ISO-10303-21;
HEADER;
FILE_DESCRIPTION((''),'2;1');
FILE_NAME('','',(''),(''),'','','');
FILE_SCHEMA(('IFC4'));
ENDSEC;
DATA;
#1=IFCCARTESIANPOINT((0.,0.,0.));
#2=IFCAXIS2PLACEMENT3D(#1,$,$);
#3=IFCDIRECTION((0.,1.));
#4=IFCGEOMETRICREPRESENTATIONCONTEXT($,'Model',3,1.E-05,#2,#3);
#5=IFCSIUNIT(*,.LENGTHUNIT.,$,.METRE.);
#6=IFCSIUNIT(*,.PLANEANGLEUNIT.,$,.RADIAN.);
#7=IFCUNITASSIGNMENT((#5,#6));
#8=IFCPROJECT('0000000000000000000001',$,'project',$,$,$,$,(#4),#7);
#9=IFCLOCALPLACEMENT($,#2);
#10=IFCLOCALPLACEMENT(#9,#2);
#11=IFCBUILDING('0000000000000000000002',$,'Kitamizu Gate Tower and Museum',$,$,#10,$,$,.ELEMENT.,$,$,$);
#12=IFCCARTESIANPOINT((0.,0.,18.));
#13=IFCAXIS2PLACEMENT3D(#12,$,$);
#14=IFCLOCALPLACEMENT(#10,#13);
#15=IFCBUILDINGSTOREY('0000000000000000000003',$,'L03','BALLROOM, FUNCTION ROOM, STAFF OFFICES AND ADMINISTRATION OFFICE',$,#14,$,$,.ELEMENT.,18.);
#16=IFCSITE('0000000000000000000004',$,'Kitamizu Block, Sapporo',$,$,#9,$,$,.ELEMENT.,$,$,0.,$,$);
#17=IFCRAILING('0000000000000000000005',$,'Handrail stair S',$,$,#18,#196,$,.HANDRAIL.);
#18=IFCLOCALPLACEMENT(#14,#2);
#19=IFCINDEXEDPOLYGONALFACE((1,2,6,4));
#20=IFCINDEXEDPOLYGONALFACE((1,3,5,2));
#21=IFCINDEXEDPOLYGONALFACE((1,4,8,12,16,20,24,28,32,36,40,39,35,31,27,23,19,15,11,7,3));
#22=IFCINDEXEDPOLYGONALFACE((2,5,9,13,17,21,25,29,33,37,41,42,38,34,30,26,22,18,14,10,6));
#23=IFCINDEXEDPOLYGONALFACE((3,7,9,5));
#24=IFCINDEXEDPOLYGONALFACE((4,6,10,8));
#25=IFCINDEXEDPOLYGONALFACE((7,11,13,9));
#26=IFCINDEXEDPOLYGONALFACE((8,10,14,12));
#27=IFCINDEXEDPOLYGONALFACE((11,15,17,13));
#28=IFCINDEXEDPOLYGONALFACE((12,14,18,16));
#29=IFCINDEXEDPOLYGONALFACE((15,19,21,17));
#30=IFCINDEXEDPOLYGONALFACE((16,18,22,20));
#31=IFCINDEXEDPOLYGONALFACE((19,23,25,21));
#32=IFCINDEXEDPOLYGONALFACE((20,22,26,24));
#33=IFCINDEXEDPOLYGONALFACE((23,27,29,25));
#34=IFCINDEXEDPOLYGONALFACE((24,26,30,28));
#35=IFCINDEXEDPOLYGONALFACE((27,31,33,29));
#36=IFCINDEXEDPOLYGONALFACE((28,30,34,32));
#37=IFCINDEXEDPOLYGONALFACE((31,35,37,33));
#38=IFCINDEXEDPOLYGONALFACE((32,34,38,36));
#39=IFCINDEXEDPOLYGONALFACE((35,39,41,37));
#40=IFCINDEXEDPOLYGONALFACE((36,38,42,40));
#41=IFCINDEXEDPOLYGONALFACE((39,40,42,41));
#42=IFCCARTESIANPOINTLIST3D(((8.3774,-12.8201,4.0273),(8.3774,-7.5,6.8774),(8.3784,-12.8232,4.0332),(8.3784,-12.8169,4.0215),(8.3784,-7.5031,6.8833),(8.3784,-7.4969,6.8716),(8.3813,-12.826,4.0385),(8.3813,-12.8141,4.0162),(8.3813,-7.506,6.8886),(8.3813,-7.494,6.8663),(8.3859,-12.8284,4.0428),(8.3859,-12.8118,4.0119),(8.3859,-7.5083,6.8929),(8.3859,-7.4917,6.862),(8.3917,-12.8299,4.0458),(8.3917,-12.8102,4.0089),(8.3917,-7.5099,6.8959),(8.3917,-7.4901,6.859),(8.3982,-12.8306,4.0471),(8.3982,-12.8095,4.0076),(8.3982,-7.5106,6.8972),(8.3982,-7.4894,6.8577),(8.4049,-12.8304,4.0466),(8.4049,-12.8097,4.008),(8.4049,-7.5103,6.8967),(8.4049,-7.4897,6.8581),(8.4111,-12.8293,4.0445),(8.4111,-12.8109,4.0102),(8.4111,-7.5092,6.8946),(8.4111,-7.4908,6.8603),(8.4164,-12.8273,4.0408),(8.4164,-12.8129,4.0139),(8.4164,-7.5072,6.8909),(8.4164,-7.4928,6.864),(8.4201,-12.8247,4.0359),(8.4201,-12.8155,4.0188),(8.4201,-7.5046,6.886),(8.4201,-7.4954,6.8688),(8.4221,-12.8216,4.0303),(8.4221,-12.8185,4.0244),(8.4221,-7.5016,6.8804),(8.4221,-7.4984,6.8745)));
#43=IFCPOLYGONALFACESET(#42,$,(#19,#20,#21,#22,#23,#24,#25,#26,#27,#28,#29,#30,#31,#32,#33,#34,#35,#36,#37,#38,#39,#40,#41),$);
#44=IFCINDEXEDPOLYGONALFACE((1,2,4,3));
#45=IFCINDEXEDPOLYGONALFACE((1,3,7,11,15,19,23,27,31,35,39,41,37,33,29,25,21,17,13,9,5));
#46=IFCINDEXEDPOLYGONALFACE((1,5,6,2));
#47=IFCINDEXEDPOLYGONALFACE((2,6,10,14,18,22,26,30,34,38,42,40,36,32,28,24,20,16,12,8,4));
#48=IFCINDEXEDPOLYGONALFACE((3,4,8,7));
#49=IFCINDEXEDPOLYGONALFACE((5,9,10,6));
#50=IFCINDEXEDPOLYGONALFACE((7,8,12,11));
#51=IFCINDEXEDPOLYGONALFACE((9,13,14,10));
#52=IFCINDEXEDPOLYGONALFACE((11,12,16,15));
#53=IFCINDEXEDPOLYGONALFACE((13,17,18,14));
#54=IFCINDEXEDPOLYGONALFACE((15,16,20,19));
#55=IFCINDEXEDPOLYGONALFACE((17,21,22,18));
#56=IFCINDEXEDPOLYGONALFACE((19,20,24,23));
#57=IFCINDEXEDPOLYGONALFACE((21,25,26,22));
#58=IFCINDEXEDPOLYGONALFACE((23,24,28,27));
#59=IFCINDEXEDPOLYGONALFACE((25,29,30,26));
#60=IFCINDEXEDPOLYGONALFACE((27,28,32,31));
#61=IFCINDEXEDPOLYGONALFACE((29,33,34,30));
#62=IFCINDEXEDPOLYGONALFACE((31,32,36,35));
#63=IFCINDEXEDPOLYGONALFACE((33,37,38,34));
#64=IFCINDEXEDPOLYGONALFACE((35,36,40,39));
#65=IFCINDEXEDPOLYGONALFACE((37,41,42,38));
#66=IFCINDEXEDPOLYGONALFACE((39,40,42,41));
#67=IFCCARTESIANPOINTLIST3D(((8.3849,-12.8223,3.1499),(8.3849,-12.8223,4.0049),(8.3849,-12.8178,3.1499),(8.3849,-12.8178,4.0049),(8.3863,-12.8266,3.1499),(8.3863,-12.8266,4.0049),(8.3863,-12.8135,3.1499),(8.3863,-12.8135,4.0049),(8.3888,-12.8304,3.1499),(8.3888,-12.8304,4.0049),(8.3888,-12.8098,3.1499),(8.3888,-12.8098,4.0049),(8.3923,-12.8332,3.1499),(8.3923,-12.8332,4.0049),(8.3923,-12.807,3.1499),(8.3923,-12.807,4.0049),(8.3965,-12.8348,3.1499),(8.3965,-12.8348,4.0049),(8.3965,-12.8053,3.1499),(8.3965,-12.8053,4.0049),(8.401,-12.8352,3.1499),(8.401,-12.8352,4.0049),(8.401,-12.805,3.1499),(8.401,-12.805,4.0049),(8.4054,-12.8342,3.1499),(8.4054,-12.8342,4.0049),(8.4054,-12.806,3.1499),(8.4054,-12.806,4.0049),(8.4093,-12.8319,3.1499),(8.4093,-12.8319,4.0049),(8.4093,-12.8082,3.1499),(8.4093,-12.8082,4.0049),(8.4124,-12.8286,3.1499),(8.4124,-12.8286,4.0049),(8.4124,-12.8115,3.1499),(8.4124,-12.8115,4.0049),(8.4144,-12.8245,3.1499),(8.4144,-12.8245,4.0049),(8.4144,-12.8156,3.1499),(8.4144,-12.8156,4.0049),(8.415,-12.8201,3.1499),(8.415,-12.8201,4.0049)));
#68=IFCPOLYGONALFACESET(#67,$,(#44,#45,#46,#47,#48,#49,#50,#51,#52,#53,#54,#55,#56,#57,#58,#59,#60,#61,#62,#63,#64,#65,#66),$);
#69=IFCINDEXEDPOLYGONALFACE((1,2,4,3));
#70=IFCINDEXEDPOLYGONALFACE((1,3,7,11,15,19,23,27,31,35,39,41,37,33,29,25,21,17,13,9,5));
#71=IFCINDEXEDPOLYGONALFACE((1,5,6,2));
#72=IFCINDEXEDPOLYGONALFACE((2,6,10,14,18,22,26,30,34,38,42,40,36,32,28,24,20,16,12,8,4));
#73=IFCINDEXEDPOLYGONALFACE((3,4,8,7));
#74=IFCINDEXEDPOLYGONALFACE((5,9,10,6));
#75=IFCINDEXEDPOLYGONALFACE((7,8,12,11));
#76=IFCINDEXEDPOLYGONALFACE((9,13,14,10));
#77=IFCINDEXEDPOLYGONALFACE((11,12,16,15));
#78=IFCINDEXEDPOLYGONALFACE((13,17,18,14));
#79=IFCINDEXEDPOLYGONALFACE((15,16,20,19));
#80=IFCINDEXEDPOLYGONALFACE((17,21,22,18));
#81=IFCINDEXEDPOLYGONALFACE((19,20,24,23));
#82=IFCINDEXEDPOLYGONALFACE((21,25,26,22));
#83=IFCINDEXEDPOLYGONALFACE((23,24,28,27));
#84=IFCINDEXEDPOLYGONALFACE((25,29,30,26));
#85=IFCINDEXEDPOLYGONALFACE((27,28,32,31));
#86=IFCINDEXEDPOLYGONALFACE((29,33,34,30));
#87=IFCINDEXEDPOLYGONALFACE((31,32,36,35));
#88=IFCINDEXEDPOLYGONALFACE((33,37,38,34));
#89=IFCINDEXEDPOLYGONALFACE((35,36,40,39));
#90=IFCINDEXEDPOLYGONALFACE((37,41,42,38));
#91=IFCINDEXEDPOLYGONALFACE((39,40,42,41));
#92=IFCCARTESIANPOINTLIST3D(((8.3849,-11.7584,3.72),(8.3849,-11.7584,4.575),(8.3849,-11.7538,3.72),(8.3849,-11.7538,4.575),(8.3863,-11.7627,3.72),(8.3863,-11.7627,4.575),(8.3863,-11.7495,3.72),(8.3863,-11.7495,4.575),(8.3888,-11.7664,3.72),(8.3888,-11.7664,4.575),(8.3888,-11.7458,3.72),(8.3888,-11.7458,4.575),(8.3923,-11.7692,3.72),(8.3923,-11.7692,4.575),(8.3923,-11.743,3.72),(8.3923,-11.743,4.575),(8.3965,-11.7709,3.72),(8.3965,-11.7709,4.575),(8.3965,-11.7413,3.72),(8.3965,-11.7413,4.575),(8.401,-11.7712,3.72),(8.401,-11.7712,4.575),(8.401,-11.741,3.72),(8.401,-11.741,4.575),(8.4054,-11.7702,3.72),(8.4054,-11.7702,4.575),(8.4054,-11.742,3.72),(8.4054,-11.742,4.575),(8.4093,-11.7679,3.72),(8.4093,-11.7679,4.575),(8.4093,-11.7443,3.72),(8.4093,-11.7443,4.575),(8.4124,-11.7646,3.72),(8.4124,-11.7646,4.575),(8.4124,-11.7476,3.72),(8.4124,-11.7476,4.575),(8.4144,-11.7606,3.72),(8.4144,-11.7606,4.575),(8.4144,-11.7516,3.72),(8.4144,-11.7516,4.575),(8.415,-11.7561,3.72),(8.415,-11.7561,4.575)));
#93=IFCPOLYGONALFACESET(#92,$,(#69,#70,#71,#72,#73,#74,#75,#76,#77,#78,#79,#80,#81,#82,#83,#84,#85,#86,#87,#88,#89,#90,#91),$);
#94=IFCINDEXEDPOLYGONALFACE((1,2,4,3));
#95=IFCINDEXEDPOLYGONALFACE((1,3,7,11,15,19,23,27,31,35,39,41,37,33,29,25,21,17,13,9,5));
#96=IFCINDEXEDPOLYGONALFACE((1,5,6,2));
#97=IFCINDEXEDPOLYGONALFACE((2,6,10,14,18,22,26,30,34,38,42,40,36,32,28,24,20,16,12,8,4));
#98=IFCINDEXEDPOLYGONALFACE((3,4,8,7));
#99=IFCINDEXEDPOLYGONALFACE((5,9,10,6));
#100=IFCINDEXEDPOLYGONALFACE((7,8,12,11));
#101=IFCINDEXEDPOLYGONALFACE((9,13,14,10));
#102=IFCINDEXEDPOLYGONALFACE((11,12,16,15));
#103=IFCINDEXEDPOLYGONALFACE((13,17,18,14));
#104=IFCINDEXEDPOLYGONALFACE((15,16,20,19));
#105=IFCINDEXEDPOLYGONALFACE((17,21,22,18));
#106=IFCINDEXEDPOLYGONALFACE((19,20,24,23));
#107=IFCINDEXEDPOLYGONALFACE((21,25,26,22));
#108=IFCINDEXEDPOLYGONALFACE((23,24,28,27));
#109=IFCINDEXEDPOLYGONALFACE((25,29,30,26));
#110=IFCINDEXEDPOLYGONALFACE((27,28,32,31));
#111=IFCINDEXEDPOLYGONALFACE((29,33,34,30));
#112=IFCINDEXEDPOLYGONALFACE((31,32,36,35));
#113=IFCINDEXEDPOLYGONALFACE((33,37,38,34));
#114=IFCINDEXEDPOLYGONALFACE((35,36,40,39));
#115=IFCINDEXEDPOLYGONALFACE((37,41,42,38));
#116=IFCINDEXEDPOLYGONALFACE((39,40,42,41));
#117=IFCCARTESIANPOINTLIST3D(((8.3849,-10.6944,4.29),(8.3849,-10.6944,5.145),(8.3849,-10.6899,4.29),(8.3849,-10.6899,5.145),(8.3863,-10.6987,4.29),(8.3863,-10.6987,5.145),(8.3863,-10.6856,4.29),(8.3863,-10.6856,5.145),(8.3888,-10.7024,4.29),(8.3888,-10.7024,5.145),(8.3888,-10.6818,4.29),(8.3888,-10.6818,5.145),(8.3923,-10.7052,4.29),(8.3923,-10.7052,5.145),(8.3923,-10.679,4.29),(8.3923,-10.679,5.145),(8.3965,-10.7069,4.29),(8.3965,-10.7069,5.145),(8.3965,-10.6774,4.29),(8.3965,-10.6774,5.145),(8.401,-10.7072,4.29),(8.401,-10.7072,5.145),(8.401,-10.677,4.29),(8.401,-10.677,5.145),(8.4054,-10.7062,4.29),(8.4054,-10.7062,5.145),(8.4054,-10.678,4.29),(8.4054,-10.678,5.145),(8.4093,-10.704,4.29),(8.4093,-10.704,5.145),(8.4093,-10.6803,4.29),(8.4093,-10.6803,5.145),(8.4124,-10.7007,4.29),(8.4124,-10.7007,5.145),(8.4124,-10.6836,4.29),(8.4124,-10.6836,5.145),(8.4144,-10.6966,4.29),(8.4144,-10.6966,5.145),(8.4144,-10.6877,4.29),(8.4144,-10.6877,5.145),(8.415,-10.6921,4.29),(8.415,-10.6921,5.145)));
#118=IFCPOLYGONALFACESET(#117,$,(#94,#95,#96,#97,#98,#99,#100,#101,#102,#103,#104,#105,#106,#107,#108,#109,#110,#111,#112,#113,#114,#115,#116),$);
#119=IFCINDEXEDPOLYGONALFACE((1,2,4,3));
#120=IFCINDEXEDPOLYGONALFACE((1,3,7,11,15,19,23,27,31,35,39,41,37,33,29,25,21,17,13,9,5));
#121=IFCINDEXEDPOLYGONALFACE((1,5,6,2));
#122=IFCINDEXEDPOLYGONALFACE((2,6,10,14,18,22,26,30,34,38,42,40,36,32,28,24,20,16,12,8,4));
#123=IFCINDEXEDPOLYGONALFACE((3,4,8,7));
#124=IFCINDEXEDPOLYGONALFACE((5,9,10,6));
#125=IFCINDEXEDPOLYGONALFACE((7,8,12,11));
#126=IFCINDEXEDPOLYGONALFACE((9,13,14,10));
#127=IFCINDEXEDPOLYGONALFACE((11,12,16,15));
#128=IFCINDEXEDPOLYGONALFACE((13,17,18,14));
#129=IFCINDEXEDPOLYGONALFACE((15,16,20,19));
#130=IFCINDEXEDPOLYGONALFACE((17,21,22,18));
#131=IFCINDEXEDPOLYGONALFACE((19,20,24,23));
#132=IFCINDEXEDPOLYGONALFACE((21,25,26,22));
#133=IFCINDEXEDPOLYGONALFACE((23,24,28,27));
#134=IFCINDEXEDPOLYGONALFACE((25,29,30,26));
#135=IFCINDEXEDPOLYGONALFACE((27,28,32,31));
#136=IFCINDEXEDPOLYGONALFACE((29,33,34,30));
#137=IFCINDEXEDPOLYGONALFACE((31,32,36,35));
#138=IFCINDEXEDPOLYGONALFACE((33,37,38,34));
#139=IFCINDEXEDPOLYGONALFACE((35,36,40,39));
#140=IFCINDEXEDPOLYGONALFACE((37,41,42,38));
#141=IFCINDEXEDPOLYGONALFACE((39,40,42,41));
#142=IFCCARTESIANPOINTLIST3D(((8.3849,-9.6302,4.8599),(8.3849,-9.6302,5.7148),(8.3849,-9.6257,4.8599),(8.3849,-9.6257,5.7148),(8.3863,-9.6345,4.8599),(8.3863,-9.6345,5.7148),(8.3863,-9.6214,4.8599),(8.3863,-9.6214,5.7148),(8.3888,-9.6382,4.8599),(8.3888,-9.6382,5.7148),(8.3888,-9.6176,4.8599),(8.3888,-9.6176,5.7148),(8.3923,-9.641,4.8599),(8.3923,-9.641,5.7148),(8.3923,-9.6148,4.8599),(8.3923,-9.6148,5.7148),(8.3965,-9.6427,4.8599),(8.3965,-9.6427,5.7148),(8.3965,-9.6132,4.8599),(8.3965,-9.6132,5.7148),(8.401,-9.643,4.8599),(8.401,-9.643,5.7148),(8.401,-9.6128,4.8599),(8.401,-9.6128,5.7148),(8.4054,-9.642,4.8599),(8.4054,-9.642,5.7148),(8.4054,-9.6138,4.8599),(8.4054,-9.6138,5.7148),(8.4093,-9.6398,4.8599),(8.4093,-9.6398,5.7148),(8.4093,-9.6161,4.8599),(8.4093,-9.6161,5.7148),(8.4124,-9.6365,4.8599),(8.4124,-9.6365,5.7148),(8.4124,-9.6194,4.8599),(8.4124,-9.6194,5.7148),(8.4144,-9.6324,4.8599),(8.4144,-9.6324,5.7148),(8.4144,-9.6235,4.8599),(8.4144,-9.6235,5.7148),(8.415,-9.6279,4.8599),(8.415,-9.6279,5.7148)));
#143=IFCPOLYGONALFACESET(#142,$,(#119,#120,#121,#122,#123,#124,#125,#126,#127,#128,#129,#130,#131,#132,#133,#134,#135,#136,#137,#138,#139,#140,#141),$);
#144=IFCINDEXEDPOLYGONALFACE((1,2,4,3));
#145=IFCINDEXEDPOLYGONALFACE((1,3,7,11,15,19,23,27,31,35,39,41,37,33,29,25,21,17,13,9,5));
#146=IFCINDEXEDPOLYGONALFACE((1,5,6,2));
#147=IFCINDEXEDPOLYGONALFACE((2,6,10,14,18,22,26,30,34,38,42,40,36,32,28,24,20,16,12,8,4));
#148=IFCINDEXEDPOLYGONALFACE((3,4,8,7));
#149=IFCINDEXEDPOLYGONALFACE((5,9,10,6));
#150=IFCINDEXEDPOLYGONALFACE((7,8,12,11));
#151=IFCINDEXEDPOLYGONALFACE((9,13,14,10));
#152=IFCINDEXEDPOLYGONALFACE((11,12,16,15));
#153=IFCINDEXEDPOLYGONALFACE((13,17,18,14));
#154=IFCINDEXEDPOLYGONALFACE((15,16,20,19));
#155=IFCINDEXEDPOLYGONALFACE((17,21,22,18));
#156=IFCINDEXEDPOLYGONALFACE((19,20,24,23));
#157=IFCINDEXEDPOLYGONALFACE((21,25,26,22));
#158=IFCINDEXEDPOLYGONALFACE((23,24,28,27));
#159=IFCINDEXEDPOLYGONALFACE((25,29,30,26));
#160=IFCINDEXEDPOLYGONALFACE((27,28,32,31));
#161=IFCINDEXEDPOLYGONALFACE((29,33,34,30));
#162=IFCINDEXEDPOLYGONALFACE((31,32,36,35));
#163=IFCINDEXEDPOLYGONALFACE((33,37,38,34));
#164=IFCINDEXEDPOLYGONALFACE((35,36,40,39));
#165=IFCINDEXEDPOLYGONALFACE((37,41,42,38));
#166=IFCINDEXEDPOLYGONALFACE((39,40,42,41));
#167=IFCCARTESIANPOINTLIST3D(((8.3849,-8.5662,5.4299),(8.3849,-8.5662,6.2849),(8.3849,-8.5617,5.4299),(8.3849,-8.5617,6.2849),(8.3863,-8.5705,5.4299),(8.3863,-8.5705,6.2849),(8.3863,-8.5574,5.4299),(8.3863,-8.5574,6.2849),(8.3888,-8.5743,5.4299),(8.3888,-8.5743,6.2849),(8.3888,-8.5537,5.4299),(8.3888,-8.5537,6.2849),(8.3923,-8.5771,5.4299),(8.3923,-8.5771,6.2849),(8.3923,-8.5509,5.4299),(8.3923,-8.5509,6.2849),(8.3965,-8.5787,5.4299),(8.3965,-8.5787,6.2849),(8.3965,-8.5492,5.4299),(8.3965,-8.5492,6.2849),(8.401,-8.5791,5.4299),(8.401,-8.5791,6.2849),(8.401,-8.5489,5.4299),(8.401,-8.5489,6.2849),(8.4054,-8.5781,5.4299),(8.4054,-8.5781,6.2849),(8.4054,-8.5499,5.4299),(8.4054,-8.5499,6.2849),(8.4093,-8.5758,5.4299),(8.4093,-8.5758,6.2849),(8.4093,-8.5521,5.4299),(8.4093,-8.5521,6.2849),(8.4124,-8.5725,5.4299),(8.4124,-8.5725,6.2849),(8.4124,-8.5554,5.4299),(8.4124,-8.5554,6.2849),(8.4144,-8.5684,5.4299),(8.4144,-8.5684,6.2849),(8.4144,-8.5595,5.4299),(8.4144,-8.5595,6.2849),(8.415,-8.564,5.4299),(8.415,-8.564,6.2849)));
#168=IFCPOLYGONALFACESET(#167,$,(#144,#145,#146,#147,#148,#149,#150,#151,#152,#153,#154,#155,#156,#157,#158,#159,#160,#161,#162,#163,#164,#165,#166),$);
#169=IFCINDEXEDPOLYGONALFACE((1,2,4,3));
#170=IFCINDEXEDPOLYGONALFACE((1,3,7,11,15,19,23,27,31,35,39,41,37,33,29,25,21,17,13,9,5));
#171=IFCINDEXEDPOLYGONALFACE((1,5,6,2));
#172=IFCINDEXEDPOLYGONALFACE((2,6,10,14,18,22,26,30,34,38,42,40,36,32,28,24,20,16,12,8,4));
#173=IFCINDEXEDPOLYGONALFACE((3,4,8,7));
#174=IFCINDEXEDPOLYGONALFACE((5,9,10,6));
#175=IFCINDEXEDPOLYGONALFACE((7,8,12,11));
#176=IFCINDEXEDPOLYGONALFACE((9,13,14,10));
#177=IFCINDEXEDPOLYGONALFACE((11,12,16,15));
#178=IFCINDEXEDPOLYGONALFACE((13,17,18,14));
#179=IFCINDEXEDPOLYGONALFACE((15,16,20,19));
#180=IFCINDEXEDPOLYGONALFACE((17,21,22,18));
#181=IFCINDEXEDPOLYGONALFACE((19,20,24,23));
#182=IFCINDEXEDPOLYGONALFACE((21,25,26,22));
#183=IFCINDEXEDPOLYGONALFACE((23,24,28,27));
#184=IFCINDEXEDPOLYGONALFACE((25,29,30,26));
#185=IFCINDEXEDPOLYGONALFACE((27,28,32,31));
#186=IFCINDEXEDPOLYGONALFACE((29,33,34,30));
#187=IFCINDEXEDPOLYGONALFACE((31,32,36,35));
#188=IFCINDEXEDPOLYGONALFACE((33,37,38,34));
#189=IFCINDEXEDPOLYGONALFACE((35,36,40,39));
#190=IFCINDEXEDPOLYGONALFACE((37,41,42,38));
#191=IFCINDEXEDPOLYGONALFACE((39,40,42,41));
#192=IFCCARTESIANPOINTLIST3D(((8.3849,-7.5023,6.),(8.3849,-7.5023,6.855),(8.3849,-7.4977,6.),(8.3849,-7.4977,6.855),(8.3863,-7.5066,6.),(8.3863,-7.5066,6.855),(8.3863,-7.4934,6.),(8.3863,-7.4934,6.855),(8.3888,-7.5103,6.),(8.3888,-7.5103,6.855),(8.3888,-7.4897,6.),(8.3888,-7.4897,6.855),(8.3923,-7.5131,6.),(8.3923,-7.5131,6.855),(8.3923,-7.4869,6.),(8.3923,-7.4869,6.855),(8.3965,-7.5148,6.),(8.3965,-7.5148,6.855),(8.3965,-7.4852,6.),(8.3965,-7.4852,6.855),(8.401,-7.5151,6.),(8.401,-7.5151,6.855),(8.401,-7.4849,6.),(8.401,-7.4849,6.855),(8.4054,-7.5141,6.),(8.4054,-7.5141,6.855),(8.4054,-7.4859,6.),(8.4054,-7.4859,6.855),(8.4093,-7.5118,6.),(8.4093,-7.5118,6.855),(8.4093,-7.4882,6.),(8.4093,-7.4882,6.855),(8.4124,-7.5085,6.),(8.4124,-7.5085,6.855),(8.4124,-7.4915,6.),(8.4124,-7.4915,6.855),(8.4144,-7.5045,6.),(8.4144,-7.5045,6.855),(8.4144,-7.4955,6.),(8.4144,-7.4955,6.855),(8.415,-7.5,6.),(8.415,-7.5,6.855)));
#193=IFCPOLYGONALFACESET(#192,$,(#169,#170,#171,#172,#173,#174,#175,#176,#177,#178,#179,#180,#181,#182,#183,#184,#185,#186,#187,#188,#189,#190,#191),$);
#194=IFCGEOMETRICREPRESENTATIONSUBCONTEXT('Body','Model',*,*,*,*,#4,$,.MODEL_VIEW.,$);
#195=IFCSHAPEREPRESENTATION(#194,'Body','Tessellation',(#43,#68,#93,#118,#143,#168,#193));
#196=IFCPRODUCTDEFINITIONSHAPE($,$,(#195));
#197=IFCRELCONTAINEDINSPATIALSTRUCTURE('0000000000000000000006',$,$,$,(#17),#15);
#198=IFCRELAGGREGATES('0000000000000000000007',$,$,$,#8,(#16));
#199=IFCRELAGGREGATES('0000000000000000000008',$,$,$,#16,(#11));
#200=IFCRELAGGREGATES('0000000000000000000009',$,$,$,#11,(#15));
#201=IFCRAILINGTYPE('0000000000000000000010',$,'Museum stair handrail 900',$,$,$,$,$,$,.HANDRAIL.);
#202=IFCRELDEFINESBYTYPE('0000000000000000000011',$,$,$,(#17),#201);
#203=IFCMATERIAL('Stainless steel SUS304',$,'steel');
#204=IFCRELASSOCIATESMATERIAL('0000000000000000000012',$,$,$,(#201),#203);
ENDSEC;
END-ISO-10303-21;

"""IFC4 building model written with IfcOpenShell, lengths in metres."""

from ifc_helpers import new_model, si_unit, direction, frame, origin, origin_2d, place, context, subcontext, project, spatial, circle, extrude, material, type_object, element, save


model = new_model("IFC4")

# Units and contexts
model_context = context("Model", 3, precision=1e-05, world=origin(), true_north=direction((0.0, 1.0)))
body_context = subcontext(model_context, "Body", "Model", "MODEL_VIEW")
ifc_project = project(units=[si_unit("LENGTHUNIT", "METRE"), si_unit("PLANEANGLEUNIT", "RADIAN")], contexts=[model_context])

# Site, building, storey
site_placement = place(None, origin())
site = spatial("IfcSite", under=ifc_project, at=site_placement, Name="Kitamizu Block, Sapporo", CompositionType="ELEMENT", RefElevation=0.0)
building_placement = place(site_placement, origin())
building = spatial("IfcBuilding", under=site, at=building_placement, Name="Kitamizu Gate Tower and Museum", CompositionType="ELEMENT")
storey_placement = place(building_placement, frame((0.0, 0.0, 18.0)))
storey = spatial("IfcBuildingStorey", under=building, at=storey_placement, Name="L03", Description="BALLROOM, FUNCTION ROOM, STAFF OFFICES AND ADMINISTRATION OFFICE", CompositionType="ELEMENT", Elevation=18.0)

# Railing
ifc_material_1 = material(Name="Stainless steel SUS304", Category="steel")
railing_type = type_object("IfcRailingType", Name="Museum stair handrail 900", PredefinedType="HANDRAIL", material=ifc_material_1)
for number, where, name in (
    (1, (8.3999, -12.8201, 3.1499), "Handrail stair S"),
):
    element("IfcRailing", number, at=place(storey_placement, frame(where)), inside=storey, type_object=railing_type, Name=name, PredefinedType="HANDRAIL", context=body_context, shape_type="SweptSolid", body=[
        extrude(circle(Radius=0.0225, at=origin_2d()), frame((0.0, 0.0, 0.8774), z_axis=(0.0, 0.881476, 0.472229), x_axis=(-1.0, 0.0, 0.0)), (0.0, 0.0, 1.0), 6.0354),
        extrude(circle(Radius=0.0151, at=origin_2d()), origin(), (0.0, 0.0, 1.0), 0.855),
        extrude(circle(Radius=0.0151, at=origin_2d()), frame((0.0, 1.064, 0.5701)), (0.0, 0.0, 1.0), 0.855),
        extrude(circle(Radius=0.0151, at=origin_2d()), frame((0.0, 2.1279, 1.1401)), (0.0, 0.0, 1.0), 0.855),
        extrude(circle(Radius=0.0151, at=origin_2d()), frame((0.0, 3.1921, 1.71)), (0.0, 0.0, 1.0), 0.855),
        extrude(circle(Radius=0.0151, at=origin_2d()), frame((0.0, 4.2561, 2.28)), (0.0, 0.0, 1.0), 0.855),
        extrude(circle(Radius=0.0151, at=origin_2d()), frame((0.0, 5.3201, 2.8501)), (0.0, 0.0, 1.0), 0.855),
    ])

save(model, "model.ifc")
